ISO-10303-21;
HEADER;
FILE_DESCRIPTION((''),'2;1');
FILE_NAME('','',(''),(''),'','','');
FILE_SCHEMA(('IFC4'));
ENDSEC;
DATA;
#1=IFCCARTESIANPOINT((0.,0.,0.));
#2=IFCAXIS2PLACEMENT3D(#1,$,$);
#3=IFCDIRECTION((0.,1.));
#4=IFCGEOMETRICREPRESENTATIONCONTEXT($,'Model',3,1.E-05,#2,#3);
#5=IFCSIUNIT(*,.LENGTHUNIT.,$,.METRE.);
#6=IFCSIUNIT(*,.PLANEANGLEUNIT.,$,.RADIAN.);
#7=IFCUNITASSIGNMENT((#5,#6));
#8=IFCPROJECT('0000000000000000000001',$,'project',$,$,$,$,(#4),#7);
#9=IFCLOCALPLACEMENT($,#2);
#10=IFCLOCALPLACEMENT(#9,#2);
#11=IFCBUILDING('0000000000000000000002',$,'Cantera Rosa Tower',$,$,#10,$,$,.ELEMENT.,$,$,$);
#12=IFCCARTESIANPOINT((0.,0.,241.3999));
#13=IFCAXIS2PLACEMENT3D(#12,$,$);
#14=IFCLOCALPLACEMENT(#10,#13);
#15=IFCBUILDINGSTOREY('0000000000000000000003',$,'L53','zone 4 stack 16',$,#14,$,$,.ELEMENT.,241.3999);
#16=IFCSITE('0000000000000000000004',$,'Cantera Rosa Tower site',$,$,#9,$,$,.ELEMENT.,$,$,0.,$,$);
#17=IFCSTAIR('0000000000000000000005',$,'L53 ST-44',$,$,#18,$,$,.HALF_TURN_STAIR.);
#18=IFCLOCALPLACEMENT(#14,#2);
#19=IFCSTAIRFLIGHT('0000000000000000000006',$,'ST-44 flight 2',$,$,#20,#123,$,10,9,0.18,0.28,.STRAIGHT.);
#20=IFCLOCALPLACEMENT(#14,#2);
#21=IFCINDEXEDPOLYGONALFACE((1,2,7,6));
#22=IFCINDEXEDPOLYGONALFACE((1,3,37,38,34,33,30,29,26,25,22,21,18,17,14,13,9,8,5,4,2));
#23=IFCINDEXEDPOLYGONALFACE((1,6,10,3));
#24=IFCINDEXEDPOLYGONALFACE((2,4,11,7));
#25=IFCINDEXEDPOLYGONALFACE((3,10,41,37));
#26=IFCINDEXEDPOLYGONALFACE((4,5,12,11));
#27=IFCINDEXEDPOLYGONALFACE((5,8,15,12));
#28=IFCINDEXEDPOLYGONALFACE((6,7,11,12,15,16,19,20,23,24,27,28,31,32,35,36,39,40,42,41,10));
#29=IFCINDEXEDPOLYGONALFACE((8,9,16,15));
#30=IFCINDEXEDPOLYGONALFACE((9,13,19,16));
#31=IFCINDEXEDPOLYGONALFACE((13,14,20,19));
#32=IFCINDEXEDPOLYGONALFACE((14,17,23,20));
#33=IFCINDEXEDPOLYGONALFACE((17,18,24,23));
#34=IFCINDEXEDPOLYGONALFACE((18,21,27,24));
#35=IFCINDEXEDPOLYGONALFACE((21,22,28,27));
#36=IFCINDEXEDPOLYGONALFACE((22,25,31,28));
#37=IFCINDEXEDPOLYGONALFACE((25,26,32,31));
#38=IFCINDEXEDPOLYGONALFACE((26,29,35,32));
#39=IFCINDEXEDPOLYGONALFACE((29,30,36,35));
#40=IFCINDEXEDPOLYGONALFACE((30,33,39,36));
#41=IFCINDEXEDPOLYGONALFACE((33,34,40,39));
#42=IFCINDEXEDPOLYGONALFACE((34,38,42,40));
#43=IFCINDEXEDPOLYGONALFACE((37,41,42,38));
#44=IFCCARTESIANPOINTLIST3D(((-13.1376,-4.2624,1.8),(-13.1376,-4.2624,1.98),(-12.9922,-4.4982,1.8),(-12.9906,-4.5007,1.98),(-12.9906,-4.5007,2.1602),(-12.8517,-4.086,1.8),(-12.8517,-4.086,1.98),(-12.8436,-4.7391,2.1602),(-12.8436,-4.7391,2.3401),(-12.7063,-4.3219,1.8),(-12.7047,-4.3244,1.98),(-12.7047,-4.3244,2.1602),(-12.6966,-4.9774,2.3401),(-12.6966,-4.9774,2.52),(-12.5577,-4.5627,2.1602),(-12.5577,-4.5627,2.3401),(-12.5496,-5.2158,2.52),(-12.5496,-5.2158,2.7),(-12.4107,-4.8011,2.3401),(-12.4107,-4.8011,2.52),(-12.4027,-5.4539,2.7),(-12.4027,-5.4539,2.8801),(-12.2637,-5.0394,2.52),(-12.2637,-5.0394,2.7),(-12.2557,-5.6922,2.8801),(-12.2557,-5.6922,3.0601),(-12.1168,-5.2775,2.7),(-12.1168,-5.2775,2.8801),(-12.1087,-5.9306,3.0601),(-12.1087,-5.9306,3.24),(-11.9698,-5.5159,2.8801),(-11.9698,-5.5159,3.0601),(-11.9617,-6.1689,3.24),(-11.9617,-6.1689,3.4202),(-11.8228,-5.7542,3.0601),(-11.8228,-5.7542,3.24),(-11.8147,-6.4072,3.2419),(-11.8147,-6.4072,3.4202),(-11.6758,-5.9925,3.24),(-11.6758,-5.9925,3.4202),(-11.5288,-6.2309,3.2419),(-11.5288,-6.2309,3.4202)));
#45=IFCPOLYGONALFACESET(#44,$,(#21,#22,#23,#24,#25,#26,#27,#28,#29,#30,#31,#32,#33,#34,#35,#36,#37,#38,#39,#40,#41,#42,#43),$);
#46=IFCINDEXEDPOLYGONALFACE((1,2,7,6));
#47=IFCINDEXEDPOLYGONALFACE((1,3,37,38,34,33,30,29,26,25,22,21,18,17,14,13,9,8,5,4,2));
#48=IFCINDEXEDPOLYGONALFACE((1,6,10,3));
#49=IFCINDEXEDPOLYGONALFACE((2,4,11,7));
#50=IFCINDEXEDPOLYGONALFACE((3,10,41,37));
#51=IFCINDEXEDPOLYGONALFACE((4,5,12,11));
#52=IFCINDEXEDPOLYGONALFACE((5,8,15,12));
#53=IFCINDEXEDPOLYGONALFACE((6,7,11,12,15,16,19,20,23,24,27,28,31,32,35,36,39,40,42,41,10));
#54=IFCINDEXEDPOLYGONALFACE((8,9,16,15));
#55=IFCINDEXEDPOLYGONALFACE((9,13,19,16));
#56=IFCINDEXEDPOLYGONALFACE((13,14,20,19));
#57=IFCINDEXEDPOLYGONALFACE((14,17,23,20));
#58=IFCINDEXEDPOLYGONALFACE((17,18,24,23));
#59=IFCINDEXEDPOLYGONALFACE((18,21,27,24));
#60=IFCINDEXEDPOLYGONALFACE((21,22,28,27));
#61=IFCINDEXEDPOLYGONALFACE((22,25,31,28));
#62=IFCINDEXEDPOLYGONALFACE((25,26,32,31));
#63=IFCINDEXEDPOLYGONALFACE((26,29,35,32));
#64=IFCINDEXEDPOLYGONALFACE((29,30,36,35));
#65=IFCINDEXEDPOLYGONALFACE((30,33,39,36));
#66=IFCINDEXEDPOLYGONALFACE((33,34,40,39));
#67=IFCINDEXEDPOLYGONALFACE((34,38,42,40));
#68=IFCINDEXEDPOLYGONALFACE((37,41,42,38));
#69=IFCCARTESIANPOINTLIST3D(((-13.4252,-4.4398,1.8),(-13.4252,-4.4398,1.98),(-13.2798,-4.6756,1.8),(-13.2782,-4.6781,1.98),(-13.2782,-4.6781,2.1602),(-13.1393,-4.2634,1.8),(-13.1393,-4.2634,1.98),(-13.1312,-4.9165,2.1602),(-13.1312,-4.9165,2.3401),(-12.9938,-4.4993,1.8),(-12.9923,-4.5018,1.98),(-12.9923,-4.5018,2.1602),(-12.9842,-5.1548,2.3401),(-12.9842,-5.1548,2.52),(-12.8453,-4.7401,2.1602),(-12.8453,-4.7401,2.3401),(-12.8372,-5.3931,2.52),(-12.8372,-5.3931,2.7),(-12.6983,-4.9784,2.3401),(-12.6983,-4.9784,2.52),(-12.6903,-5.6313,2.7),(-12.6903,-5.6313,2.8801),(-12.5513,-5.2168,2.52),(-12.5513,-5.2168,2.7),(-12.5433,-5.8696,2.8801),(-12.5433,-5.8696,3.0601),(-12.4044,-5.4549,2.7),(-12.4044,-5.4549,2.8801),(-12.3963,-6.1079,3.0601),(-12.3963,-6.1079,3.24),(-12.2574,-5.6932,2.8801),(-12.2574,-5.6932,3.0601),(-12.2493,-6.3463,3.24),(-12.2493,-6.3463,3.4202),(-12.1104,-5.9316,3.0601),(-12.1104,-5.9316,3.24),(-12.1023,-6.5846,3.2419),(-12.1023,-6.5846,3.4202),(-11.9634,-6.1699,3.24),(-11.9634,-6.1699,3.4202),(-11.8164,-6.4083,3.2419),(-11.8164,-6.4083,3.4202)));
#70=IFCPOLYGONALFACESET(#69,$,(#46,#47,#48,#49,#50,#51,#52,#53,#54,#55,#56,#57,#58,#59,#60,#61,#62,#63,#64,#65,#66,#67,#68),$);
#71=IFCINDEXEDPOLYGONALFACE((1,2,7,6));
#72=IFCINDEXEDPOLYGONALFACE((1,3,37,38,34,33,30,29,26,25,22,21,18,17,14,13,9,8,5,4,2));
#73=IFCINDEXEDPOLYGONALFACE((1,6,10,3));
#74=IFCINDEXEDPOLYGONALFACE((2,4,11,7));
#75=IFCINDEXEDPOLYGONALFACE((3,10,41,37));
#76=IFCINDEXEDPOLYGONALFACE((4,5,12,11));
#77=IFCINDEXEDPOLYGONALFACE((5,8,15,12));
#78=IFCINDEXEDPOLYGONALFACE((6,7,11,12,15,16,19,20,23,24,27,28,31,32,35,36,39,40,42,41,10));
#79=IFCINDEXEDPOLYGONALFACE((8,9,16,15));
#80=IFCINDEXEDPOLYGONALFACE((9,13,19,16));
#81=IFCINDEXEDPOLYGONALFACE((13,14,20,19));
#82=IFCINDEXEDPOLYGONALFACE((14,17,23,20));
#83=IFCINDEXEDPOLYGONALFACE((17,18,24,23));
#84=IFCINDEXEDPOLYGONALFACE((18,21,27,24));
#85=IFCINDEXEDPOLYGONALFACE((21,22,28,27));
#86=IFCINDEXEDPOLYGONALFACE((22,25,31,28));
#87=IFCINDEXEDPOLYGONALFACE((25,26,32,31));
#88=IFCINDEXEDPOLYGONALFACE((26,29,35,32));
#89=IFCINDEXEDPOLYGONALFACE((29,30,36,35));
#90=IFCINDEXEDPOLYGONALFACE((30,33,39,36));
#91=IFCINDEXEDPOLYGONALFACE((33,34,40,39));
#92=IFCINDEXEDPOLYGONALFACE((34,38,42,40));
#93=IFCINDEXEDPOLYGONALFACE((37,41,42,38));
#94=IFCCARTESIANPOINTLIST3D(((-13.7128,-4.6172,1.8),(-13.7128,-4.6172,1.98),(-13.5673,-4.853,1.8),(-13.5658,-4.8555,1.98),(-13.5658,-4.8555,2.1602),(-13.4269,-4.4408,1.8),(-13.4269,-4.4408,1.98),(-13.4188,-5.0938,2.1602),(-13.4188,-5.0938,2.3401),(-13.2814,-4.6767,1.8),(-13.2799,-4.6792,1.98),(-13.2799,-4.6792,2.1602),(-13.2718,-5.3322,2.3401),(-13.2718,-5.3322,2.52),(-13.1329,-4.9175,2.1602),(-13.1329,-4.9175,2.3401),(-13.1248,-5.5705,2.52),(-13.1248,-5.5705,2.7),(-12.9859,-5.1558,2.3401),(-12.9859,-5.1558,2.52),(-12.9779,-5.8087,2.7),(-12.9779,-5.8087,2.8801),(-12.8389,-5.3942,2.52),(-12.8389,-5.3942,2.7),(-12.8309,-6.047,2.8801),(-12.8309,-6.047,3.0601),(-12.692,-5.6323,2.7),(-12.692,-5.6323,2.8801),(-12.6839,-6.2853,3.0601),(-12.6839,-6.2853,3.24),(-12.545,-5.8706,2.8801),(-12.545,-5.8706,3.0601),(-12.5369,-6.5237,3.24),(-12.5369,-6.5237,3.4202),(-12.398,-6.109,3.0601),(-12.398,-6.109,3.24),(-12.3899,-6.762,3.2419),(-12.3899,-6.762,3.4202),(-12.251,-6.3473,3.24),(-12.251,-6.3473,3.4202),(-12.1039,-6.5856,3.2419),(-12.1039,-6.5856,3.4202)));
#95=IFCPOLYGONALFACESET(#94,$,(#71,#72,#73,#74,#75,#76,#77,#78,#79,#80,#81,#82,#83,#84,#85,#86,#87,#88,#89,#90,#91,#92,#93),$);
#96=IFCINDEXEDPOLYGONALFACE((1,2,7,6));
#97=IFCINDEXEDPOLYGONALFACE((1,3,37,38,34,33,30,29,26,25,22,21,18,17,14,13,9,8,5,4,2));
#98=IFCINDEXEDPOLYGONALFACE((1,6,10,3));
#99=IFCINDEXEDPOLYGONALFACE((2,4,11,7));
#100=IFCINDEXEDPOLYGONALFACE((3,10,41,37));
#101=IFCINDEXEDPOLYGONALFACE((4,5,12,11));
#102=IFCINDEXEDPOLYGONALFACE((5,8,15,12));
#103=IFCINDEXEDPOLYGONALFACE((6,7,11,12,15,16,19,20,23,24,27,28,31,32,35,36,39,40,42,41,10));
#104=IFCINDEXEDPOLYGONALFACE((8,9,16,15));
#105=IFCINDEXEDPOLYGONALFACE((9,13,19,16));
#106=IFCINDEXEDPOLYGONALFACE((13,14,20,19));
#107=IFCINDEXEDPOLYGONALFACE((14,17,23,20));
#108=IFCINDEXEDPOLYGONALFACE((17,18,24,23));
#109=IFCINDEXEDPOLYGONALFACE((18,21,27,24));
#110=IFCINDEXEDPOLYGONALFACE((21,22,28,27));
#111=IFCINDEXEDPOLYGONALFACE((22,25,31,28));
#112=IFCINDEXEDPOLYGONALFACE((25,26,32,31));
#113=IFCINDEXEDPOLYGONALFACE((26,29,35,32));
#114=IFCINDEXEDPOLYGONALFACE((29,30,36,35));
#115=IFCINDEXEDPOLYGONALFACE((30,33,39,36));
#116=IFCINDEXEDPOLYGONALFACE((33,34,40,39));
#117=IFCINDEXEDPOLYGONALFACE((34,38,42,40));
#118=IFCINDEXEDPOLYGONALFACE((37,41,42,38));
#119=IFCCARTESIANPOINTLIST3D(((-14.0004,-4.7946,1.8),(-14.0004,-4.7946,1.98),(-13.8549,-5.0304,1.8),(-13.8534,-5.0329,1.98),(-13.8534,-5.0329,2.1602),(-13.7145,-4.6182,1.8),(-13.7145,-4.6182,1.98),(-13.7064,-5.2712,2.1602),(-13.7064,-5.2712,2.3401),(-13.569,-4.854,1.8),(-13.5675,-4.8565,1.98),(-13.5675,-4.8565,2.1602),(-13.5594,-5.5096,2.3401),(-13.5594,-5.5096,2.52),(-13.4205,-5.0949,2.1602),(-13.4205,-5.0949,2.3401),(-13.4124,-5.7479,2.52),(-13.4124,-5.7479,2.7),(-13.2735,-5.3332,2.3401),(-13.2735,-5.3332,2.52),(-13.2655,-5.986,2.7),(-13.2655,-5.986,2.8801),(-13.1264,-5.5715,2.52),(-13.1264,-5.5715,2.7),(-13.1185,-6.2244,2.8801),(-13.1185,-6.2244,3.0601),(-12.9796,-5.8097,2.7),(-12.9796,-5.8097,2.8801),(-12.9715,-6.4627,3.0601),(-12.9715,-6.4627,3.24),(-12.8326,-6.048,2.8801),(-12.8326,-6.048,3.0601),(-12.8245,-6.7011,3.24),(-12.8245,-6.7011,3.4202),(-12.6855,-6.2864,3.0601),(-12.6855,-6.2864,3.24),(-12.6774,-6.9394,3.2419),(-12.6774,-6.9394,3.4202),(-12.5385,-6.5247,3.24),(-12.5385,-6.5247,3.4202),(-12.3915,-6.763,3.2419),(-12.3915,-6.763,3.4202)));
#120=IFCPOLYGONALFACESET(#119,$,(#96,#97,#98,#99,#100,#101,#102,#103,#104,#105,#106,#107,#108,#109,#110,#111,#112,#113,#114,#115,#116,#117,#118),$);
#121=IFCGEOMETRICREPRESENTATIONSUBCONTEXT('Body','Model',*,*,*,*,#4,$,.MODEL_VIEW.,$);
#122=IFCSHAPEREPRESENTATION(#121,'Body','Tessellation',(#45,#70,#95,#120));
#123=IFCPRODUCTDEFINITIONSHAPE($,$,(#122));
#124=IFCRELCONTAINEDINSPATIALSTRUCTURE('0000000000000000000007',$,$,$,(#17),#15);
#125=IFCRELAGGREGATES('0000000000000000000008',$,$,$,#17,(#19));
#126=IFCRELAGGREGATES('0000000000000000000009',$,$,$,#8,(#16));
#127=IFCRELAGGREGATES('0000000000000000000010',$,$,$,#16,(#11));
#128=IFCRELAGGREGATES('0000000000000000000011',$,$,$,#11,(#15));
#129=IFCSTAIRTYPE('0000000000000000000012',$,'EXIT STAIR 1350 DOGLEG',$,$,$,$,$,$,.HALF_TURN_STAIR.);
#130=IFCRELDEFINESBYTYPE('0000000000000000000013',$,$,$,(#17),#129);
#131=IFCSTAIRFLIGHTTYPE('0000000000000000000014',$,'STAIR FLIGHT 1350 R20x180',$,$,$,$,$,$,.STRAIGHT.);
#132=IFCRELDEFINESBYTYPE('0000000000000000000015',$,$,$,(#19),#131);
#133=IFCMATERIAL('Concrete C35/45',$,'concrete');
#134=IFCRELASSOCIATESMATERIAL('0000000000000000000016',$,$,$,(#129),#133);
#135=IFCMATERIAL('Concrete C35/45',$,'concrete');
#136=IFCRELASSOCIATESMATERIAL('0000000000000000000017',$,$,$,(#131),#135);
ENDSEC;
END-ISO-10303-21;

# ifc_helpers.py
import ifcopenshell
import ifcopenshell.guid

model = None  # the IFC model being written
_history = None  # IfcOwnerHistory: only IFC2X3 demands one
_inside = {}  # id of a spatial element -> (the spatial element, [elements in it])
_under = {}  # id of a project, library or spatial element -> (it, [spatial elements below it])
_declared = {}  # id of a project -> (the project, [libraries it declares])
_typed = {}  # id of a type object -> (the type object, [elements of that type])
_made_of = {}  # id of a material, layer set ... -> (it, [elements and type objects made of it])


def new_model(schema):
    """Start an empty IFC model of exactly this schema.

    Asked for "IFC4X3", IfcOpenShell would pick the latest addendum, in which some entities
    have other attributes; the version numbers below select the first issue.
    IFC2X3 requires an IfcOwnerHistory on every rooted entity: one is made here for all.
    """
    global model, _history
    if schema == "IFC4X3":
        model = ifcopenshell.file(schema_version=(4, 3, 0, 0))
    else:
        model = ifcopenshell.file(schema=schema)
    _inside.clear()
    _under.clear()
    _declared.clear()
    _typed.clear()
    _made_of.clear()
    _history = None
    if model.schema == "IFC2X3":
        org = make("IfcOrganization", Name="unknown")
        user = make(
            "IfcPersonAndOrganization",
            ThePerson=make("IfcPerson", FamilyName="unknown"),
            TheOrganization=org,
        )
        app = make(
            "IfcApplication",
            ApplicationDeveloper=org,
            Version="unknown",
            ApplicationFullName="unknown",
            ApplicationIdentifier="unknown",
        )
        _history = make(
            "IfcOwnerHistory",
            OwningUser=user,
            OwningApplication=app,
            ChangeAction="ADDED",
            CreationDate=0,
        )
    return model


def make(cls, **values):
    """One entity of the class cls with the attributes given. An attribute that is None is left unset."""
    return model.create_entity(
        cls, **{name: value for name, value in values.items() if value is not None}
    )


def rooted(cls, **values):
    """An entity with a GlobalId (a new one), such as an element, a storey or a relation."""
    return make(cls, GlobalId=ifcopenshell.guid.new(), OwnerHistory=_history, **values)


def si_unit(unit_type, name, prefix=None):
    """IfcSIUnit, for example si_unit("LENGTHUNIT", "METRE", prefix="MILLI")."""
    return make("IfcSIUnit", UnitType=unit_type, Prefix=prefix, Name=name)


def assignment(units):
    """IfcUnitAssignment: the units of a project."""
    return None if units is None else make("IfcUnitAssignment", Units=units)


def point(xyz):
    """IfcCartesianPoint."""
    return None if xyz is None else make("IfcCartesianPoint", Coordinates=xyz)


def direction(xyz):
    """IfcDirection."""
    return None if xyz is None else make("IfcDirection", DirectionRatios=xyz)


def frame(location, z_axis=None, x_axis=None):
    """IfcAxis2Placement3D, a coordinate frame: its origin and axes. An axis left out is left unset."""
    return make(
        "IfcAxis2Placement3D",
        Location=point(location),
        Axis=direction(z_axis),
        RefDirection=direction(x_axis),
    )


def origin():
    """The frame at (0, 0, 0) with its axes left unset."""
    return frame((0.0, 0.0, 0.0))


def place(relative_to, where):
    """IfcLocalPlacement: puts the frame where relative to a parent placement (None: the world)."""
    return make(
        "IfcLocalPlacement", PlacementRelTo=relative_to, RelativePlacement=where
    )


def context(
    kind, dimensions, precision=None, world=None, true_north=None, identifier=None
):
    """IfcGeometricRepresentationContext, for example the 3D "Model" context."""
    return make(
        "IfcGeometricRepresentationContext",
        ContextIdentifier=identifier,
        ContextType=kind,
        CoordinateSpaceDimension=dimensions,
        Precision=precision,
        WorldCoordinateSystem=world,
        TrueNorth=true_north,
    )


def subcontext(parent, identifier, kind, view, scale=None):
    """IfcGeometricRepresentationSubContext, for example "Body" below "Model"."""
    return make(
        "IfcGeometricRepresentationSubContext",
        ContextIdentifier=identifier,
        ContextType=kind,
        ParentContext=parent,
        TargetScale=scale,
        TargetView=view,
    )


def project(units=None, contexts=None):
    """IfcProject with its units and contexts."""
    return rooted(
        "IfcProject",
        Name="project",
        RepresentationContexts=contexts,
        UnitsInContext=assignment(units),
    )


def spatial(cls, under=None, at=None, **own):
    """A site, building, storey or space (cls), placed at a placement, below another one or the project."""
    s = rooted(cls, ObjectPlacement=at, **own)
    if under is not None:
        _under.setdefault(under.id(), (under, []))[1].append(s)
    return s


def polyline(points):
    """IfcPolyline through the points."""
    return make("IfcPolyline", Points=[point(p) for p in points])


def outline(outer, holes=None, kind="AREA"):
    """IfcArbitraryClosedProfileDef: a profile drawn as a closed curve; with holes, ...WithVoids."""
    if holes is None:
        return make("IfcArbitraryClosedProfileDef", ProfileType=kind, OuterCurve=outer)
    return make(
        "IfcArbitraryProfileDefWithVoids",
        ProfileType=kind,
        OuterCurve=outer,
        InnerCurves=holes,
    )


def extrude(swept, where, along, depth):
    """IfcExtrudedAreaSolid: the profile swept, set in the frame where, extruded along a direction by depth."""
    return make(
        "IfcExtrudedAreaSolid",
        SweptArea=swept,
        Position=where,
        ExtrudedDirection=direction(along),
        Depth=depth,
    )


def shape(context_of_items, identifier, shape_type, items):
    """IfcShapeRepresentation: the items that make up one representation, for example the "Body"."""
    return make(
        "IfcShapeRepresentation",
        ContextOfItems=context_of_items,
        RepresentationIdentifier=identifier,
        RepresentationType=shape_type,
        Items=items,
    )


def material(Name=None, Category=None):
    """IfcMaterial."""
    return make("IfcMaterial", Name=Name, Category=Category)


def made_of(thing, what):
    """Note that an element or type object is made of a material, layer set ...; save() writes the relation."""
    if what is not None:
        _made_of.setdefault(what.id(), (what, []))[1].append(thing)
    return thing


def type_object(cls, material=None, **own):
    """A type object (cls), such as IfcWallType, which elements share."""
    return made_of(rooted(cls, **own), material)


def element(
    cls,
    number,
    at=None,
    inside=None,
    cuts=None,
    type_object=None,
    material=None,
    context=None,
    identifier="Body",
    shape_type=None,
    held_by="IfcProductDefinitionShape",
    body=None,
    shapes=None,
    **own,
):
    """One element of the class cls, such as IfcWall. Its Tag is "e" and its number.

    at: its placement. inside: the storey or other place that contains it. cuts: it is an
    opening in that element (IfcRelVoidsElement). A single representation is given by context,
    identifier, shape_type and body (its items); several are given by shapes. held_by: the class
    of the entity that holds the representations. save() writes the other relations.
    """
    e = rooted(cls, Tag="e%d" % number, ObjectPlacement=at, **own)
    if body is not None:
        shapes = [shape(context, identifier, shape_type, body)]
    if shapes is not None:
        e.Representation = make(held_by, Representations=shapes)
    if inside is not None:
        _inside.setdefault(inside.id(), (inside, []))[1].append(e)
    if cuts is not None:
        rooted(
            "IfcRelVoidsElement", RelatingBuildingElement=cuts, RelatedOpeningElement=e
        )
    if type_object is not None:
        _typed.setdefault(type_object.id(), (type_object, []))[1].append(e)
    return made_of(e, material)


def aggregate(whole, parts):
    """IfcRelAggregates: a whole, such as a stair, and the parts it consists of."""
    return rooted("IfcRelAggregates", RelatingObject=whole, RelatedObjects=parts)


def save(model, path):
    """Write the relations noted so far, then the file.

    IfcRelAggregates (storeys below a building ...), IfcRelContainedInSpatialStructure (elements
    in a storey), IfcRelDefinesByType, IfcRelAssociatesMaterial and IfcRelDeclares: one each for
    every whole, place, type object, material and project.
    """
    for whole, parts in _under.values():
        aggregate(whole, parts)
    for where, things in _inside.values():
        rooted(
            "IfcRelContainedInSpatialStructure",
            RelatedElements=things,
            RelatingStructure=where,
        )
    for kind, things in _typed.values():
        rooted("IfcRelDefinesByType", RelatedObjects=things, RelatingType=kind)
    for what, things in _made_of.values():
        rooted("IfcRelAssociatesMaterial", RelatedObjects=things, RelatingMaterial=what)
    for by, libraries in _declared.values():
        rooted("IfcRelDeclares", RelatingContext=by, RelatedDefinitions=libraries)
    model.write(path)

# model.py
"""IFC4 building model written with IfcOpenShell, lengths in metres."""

from ifc_helpers import new_model, si_unit, direction, frame, origin, place, context, subcontext, project, spatial, polyline, outline, extrude, material, type_object, element, aggregate, save


model = new_model("IFC4")

# Units and contexts
model_context = context("Model", 3, precision=1e-05, world=origin(), true_north=direction((0.0, 1.0)))
body_context = subcontext(model_context, "Body", "Model", "MODEL_VIEW")
ifc_project = project(units=[si_unit("LENGTHUNIT", "METRE"), si_unit("PLANEANGLEUNIT", "RADIAN")], contexts=[model_context])

# Site, building, storey
site_placement = place(None, origin())
site = spatial("IfcSite", under=ifc_project, at=site_placement, Name="Cantera Rosa Tower site", CompositionType="ELEMENT", RefElevation=0.0)
building_placement = place(site_placement, origin())
building = spatial("IfcBuilding", under=site, at=building_placement, Name="Cantera Rosa Tower", CompositionType="ELEMENT")
storey_placement = place(building_placement, frame((0.0, 0.0, 241.3999)))
storey = spatial("IfcBuildingStorey", under=building, at=storey_placement, Name="L53", Description="zone 4 stack 16", CompositionType="ELEMENT", Elevation=241.3999)

# Stair, stair flight
ifc_material_1 = material(Name="Concrete C35/45", Category="concrete")
stair_type = type_object("IfcStairType", Name="EXIT STAIR 1350 DOGLEG", PredefinedType="HALF_TURN_STAIR", material=ifc_material_1)
stair_placement = place(storey_placement, origin())
stair = element("IfcStair", 1, at=stair_placement, inside=storey, type_object=stair_type, Name="L53 ST-44", PredefinedType="HALF_TURN_STAIR")
ifc_material_2 = material(Name="Concrete C35/45", Category="concrete")
stair_flight_type = type_object("IfcStairFlightType", Name="STAIR FLIGHT 1350 R20x180", PredefinedType="STRAIGHT", material=ifc_material_2)
stair_flight_1_placement = place(storey_placement, frame((-13.4263, -4.4404, 1.8), z_axis=(0.0, 0.0, 1.0), x_axis=(0.524977, -0.851117, 0.0)))
stair_flight_1 = element("IfcStairFlight", 2, at=stair_flight_1_placement, type_object=stair_flight_type, Name="ST-44 flight 2", NumberOfRisers=10, NumberOfTreads=9, PredefinedType="STRAIGHT", RiserHeight=0.18, TreadLength=0.28, context=body_context, shape_type="SweptSolid", body=[
    extrude(outline(polyline([(0.0, 0.0), (0.0, 0.1799), (0.28, 0.1799), (0.28, 0.3601), (0.5601, 0.3601), (0.5601, 0.54), (0.8401, 0.54), (0.8401, 0.72), (1.1201, 0.72), (1.1201, 0.8999), (1.3999, 0.8999), (1.3999, 1.0801), (1.6799, 1.0801), (1.6799, 1.26), (1.96, 1.26), (1.96, 1.4399), (2.24, 1.4399), (2.24, 1.6201), (2.52, 1.6201), (2.52, 1.8), (2.52, 1.4419), (0.2771, 0.0), (0.0, 0.0)])), frame((0.0, 0.675, 0.0), z_axis=(0.0, -1.0, 0.0), x_axis=(1.0, 0.0, 0.0)), (0.0, 0.0, 1.0), 0.3359),
    extrude(outline(polyline([(0.0, 0.0), (0.0, 0.1799), (0.28, 0.1799), (0.28, 0.3601), (0.5601, 0.3601), (0.5601, 0.54), (0.8401, 0.54), (0.8401, 0.72), (1.1201, 0.72), (1.1201, 0.8999), (1.3999, 0.8999), (1.3999, 1.0801), (1.6799, 1.0801), (1.6799, 1.26), (1.96, 1.26), (1.96, 1.4399), (2.24, 1.4399), (2.24, 1.6201), (2.52, 1.6201), (2.52, 1.8), (2.52, 1.4419), (0.2771, 0.0), (0.0, 0.0)])), frame((0.0, 0.3372, 0.0), z_axis=(0.0, -1.0, 0.0), x_axis=(1.0, 0.0, 0.0)), (0.0, 0.0, 1.0), 0.3359),
    extrude(outline(polyline([(0.0, 0.0), (0.0, 0.1799), (0.28, 0.1799), (0.28, 0.3601), (0.5601, 0.3601), (0.5601, 0.54), (0.8401, 0.54), (0.8401, 0.72), (1.1201, 0.72), (1.1201, 0.8999), (1.3999, 0.8999), (1.3999, 1.0801), (1.6799, 1.0801), (1.6799, 1.26), (1.96, 1.26), (1.96, 1.4399), (2.24, 1.4399), (2.24, 1.6201), (2.52, 1.6201), (2.52, 1.8), (2.52, 1.4419), (0.2771, 0.0), (0.0, 0.0)])), frame((0.0, -0.0007, 0.0), z_axis=(0.0, -1.0, 0.0), x_axis=(1.0, 0.0, 0.0)), (0.0, 0.0, 1.0), 0.3359),
    extrude(outline(polyline([(0.0, 0.0), (0.0, 0.1799), (0.28, 0.1799), (0.28, 0.3601), (0.5601, 0.3601), (0.5601, 0.54), (0.8401, 0.54), (0.8401, 0.72), (1.1201, 0.72), (1.1201, 0.8999), (1.3999, 0.8999), (1.3999, 1.0801), (1.6799, 1.0801), (1.6799, 1.26), (1.96, 1.26), (1.96, 1.4399), (2.24, 1.4399), (2.24, 1.6201), (2.52, 1.6201), (2.52, 1.8), (2.52, 1.4419), (0.2771, 0.0), (0.0, 0.0)])), frame((0.0, -0.3386, 0.0), z_axis=(0.0, -1.0, 0.0), x_axis=(1.0, 0.0, 0.0)), (0.0, 0.0, 1.0), 0.3359),
])
aggregate(stair, [stair_flight_1])

save(model, "model.ifc")
